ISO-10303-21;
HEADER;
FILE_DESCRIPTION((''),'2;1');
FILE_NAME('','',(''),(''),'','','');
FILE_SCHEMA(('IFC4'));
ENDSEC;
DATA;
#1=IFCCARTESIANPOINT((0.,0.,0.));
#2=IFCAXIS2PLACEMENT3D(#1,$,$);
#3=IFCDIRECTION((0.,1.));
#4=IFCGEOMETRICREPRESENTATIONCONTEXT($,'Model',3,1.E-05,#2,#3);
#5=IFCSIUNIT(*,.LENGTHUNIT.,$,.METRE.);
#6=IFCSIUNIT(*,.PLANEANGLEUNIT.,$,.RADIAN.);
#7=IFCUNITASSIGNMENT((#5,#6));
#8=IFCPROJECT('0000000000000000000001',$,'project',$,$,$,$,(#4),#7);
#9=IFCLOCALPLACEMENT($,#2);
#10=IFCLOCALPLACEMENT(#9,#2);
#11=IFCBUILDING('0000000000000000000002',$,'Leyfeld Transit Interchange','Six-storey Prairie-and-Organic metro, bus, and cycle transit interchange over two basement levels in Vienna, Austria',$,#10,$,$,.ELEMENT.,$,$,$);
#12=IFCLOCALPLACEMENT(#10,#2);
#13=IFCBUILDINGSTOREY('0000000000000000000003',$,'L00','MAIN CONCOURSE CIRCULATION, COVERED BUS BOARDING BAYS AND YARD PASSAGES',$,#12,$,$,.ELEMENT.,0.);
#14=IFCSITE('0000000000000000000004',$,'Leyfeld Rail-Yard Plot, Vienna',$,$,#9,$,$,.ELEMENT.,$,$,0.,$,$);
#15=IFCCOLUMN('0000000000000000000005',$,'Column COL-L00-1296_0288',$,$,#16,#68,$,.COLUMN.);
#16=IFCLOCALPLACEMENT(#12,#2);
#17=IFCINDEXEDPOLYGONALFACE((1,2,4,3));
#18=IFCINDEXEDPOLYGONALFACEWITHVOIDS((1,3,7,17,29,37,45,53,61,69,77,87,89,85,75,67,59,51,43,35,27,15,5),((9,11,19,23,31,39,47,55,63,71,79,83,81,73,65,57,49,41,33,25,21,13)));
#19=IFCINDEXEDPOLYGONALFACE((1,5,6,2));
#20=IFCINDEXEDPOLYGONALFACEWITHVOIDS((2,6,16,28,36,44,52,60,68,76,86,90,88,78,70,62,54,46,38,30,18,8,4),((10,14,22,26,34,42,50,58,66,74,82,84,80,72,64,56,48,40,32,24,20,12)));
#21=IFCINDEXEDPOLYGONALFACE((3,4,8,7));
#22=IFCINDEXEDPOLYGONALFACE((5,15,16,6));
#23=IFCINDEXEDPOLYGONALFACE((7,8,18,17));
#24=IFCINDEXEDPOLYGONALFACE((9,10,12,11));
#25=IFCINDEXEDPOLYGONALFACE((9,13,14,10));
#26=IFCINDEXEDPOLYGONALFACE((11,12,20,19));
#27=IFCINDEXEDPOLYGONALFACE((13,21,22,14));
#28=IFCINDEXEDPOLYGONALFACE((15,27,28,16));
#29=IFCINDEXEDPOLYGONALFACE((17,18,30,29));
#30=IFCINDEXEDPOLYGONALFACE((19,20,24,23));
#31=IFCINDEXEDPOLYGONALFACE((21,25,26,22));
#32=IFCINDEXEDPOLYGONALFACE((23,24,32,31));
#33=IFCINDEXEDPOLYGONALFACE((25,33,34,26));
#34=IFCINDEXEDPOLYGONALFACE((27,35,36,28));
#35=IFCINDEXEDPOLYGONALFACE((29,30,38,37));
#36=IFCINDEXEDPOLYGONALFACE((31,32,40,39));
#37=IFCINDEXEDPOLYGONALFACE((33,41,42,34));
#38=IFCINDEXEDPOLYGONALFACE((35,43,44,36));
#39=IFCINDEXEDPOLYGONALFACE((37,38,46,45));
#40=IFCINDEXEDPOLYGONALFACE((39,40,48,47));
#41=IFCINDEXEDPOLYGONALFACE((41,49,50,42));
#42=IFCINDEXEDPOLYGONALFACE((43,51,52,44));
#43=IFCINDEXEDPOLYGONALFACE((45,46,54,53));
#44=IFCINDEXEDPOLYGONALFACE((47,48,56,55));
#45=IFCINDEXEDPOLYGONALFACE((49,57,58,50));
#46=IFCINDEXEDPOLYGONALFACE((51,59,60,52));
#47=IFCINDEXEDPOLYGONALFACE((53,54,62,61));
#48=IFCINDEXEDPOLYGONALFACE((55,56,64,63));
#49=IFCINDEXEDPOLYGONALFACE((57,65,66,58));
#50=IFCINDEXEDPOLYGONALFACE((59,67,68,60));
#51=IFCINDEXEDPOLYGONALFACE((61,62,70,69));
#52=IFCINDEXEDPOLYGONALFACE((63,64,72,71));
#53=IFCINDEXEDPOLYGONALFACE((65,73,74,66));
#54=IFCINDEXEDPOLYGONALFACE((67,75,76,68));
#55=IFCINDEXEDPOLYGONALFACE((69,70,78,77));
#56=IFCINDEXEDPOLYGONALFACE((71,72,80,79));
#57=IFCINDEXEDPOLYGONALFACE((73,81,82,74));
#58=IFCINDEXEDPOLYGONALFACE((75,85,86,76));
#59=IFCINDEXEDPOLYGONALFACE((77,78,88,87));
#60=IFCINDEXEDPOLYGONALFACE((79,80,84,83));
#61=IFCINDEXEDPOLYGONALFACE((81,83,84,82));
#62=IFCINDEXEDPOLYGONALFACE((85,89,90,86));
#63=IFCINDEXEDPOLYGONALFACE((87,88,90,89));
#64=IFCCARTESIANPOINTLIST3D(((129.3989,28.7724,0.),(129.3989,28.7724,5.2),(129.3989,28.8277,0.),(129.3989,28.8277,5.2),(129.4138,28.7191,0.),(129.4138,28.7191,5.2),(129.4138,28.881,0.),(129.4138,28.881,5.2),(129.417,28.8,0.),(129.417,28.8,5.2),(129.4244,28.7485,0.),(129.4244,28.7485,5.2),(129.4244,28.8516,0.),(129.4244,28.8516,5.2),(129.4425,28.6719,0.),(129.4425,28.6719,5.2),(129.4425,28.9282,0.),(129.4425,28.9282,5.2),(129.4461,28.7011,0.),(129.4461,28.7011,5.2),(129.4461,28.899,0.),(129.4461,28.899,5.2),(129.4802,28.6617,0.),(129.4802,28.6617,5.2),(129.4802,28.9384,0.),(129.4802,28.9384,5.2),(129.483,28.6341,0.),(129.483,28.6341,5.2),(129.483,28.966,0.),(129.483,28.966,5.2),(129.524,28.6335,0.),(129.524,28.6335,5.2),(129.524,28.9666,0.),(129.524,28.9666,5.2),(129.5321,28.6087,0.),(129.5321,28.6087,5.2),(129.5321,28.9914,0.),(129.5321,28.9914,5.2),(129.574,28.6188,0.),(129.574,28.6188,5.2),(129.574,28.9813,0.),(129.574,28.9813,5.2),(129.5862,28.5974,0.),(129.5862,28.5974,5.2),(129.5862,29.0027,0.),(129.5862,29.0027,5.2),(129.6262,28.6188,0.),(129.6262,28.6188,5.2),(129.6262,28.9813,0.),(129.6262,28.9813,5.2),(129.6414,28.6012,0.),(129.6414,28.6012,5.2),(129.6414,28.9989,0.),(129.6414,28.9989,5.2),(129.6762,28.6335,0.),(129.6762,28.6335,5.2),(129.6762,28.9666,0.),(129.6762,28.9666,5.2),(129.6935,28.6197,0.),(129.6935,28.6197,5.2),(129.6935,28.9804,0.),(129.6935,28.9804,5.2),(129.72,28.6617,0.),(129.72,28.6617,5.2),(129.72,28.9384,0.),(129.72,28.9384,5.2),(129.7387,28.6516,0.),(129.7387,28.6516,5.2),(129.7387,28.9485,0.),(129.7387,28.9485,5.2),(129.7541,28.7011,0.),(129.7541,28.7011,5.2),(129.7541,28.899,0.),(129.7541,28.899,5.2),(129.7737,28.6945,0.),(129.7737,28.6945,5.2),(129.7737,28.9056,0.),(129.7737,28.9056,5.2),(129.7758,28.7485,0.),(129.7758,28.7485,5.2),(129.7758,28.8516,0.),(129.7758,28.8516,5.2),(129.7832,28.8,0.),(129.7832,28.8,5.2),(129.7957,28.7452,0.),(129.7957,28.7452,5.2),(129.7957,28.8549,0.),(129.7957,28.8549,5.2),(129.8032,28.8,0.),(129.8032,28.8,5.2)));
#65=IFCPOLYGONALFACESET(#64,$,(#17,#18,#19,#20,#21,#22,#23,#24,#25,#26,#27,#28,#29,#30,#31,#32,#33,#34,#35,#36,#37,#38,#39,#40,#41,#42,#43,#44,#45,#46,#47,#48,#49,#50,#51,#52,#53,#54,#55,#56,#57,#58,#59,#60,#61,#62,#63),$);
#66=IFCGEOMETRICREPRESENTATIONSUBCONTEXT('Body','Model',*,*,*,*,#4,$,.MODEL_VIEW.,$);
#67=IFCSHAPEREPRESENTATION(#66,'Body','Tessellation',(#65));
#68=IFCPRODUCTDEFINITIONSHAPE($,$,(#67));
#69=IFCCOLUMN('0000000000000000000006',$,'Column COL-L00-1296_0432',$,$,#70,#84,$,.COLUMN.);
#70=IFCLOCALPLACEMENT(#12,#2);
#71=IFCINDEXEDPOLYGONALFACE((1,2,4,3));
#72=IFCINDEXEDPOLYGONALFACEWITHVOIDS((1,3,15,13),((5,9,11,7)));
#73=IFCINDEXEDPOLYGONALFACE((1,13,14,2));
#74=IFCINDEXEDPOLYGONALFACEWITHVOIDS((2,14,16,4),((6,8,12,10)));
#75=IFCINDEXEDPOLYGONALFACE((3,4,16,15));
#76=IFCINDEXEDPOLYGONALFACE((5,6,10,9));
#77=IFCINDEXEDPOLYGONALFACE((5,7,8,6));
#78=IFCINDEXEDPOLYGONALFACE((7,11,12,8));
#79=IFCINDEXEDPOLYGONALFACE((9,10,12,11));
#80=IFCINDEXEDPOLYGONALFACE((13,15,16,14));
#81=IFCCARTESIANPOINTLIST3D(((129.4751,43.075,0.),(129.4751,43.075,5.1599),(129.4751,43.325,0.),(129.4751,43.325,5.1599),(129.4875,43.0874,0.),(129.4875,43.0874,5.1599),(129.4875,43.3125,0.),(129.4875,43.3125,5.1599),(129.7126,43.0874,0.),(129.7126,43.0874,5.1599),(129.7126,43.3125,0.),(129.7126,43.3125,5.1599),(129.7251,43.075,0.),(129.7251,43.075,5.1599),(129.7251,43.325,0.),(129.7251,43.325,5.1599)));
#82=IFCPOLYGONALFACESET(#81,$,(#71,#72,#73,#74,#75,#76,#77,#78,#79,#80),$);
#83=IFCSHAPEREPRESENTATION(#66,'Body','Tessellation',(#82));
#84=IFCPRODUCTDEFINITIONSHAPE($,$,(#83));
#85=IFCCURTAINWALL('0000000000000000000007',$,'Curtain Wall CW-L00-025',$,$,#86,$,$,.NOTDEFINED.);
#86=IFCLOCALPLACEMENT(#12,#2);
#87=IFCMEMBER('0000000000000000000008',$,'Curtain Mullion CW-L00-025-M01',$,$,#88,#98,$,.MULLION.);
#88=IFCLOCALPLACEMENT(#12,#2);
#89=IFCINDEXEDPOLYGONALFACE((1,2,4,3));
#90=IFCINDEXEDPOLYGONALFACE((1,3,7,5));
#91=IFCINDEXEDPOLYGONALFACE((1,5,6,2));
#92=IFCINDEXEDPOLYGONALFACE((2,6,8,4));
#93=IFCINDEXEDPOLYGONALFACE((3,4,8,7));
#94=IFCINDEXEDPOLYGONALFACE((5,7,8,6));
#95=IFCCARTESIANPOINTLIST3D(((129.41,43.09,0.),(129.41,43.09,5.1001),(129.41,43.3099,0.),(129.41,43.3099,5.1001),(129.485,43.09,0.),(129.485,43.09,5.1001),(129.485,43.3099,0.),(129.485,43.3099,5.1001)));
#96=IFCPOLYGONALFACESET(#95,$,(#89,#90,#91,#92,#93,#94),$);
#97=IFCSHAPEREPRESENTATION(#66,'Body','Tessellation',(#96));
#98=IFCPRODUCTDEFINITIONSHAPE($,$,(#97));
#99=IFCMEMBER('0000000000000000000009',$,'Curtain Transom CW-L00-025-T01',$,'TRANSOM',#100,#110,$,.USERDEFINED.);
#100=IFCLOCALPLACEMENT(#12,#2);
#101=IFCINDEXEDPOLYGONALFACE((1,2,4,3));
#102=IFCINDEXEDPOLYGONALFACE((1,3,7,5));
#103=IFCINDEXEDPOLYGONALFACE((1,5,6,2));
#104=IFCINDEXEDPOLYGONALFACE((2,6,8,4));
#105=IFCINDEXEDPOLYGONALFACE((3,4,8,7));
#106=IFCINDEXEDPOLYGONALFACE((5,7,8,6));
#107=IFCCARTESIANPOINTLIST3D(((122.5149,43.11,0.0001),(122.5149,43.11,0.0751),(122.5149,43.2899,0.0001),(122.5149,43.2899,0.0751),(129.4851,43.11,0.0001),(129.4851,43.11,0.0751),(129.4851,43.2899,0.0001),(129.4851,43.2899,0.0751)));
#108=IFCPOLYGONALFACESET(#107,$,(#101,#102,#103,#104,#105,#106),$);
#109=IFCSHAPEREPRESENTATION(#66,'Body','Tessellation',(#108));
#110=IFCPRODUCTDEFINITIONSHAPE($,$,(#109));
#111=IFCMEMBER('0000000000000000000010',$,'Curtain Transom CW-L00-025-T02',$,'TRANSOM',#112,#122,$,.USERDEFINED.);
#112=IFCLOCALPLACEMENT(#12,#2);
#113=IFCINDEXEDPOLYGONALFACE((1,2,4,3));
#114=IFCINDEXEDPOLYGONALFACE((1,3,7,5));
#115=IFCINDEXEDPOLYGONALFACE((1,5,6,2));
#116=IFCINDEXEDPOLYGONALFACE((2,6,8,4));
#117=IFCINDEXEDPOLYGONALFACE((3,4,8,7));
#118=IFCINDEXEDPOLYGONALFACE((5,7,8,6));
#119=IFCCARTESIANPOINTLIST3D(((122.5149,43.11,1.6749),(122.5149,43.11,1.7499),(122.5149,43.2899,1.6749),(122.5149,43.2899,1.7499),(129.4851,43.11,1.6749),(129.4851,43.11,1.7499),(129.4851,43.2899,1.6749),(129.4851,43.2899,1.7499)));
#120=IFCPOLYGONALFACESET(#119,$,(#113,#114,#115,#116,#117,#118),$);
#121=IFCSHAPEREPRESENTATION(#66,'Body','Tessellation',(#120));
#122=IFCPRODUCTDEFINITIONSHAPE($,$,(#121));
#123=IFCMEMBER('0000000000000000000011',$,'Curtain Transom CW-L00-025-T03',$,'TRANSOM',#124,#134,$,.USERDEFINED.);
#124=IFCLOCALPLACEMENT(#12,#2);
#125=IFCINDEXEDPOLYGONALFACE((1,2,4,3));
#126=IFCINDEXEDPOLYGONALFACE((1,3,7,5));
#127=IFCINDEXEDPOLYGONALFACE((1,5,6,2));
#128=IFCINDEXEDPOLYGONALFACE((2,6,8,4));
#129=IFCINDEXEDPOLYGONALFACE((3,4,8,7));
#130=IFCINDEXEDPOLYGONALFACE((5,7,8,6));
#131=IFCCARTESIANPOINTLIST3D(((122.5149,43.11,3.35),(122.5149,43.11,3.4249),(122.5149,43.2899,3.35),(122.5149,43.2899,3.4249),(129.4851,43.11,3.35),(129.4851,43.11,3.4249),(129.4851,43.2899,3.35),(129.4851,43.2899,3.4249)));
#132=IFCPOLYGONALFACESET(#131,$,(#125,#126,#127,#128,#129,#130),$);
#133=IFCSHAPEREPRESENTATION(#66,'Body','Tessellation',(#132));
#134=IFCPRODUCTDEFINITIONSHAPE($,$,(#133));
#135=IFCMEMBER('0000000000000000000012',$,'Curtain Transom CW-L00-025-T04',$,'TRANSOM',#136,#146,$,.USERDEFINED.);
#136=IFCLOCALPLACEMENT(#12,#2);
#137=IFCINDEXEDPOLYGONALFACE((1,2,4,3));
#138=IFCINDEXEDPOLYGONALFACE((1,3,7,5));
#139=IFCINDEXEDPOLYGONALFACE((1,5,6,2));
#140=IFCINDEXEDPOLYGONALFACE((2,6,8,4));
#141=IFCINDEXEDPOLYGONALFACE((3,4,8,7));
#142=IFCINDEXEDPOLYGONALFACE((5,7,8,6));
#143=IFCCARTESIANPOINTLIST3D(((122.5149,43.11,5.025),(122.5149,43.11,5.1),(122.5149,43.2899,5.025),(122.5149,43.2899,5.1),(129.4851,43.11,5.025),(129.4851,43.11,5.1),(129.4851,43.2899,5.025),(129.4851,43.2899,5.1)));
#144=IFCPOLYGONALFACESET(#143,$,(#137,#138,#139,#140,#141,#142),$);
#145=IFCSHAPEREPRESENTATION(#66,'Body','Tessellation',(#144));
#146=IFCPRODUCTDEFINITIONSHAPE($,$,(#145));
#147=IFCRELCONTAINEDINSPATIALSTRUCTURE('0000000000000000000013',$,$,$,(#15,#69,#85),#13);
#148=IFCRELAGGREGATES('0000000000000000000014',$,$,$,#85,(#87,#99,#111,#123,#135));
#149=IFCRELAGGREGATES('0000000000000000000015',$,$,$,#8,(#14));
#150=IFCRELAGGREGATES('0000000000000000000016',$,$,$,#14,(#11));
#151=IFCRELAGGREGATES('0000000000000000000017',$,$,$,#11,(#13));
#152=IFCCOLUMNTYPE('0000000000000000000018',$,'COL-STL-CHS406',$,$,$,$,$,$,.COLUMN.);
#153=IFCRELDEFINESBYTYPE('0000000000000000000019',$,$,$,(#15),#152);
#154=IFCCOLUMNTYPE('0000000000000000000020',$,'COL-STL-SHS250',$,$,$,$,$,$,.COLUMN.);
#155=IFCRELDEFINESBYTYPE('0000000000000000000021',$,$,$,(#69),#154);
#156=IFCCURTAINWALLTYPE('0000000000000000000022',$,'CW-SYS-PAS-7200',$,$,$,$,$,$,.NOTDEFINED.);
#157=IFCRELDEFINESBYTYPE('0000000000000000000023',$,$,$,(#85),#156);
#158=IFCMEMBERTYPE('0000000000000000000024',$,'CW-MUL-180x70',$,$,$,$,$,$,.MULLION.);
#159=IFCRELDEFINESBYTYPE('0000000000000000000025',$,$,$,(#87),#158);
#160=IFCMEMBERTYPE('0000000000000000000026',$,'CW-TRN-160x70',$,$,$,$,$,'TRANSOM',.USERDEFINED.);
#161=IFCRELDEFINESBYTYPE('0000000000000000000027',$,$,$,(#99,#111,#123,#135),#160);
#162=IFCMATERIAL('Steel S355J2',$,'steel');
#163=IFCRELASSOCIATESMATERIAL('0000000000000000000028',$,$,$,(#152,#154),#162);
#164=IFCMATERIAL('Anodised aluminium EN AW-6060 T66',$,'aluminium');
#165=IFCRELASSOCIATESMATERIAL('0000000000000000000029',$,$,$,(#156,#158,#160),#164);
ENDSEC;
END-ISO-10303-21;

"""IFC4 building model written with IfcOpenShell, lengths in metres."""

from ifc_helpers import new_model, si_unit, direction, frame, origin, origin_2d, place, context, subcontext, project, spatial, rectangle, hollow_rectangle, hollow_circle, extrude, material, material_profile, profile_set, type_object, element, aggregate, save


model = new_model("IFC4")

# Units and contexts
model_context = context("Model", 3, precision=1e-05, world=origin(), true_north=direction((0.0, 1.0)))
body_context = subcontext(model_context, "Body", "Model", "MODEL_VIEW")
ifc_project = project(units=[si_unit("LENGTHUNIT", "METRE"), si_unit("PLANEANGLEUNIT", "RADIAN")], contexts=[model_context])

# Site, building, storey
site_placement = place(None, origin())
site = spatial("IfcSite", under=ifc_project, at=site_placement, Name="Leyfeld Rail-Yard Plot, Vienna", CompositionType="ELEMENT", RefElevation=0.0)
building_placement = place(site_placement, origin())
building = spatial("IfcBuilding", under=site, at=building_placement, Name="Leyfeld Transit Interchange", Description="Six-storey Prairie-and-Organic metro, bus, and cycle transit interchange over two basement levels in Vienna, Austria", CompositionType="ELEMENT")
storey_placement = place(building_placement, origin())
storey = spatial("IfcBuildingStorey", under=building, at=storey_placement, Name="L00", Description="MAIN CONCOURSE CIRCULATION, COVERED BUS BOARDING BAYS AND YARD PASSAGES", CompositionType="ELEMENT", Elevation=0.0)

# Columns
ifc_material_1 = material(Name="Steel S355J2", Category="steel")
ifc_material_profile_1 = material_profile(ifc_material_1, hollow_circle(Radius=0.2031, WallThickness=0.02, at=origin_2d()), Name="CHS 406.4x20")
ifc_profile_set_1 = profile_set([ifc_material_profile_1], Name="Steel S355J2")
column_type_1 = type_object("IfcColumnType", Name="COL-STL-CHS406", PredefinedType="COLUMN", material=ifc_profile_set_1)
column_1_placement = place(storey_placement, frame((129.6001, 28.8, 0.0), z_axis=(0.0, 0.0, 1.0), x_axis=(1.0, 0.0, 0.0)))
element("IfcColumn", 1, at=column_1_placement, inside=storey, type_object=column_type_1, Name="Column COL-L00-1296_0288", PredefinedType="COLUMN", context=body_context, shape_type="SweptSolid", body=[
    extrude(hollow_circle(Radius=0.2031, WallThickness=0.02, at=origin_2d()), origin(), (0.0, 0.0, 1.0), 5.2),
])
ifc_material_profile_2 = material_profile(ifc_material_1, hollow_rectangle(XDim=0.25, YDim=0.25, WallThickness=0.0125, at=origin_2d()), Name="SHS 250x250x12.5")
ifc_profile_set_2 = profile_set([ifc_material_profile_2], Name="Steel S355J2")
column_type_2 = type_object("IfcColumnType", Name="COL-STL-SHS250", PredefinedType="COLUMN", material=ifc_profile_set_2)
column_2_placement = place(storey_placement, frame((129.6001, 43.2, 0.0), z_axis=(0.0, 0.0, 1.0), x_axis=(1.0, 0.0, 0.0)))
element("IfcColumn", 2, at=column_2_placement, inside=storey, type_object=column_type_2, Name="Column COL-L00-1296_0432", PredefinedType="COLUMN", context=body_context, shape_type="SweptSolid", body=[
    extrude(hollow_rectangle(XDim=0.25, YDim=0.25, WallThickness=0.0125, at=origin_2d()), origin(), (0.0, 0.0, 1.0), 5.1599),
])

# Curtain wall, members
ifc_material_2 = material(Name="Anodised aluminium EN AW-6060 T66", Category="aluminium")
curtain_wall_type = type_object("IfcCurtainWallType", Name="CW-SYS-PAS-7200", PredefinedType="NOTDEFINED", material=ifc_material_2)
curtain_wall_placement = place(storey_placement, origin())
curtain_wall = element("IfcCurtainWall", 3, at=curtain_wall_placement, inside=storey, type_object=curtain_wall_type, Name="Curtain Wall CW-L00-025", PredefinedType="NOTDEFINED")
ifc_material_profile_3 = material_profile(ifc_material_2, rectangle(XDim=0.075, YDim=0.22, at=origin_2d()), Name="CW-M 75x220")
ifc_profile_set_3 = profile_set([ifc_material_profile_3], Name="Anodised aluminium EN AW-6060 T66")
member_type_1 = type_object("IfcMemberType", Name="CW-MUL-180x70", PredefinedType="MULLION", material=ifc_profile_set_3)
member_1_placement = place(storey_placement, frame((129.4475, 43.2, 0.0), z_axis=(0.0, 0.0, 1.0), x_axis=(-1.0, 0.0, 0.0)))
member_1 = element("IfcMember", 4, at=member_1_placement, type_object=member_type_1, Name="Curtain Mullion CW-L00-025-M01", PredefinedType="MULLION", context=body_context, shape_type="SweptSolid", body=[
    extrude(rectangle(XDim=0.075, YDim=0.22, at=origin_2d()), origin(), (0.0, 0.0, 1.0), 5.1001),
])
ifc_material_profile_4 = material_profile(ifc_material_2, rectangle(XDim=0.1799, YDim=0.075, at=origin_2d()), Name="CW-TRN-160x70")
ifc_profile_set_4 = profile_set([ifc_material_profile_4], Name="Anodised aluminium EN AW-6060 T66")
member_type_2 = type_object("IfcMemberType", Name="CW-TRN-160x70", ElementType="TRANSOM", PredefinedType="USERDEFINED", material=ifc_profile_set_4)
member_2_placement = place(storey_placement, frame((129.4851, 43.2, 0.0376), z_axis=(-1.0, 0.0, 0.0), x_axis=(0.0, -1.0, 0.0)))
member_2 = element("IfcMember", 5, at=member_2_placement, type_object=member_type_2, Name="Curtain Transom CW-L00-025-T01", ObjectType="TRANSOM", PredefinedType="USERDEFINED", context=body_context, shape_type="SweptSolid", body=[
    extrude(rectangle(XDim=0.1799, YDim=0.075, at=origin_2d()), origin(), (0.0, 0.0, 1.0), 6.9702),
])
member_3_placement = place(storey_placement, frame((129.4851, 43.2, 1.7124), z_axis=(-1.0, 0.0, 0.0), x_axis=(0.0, -1.0, 0.0)))
member_3 = element("IfcMember", 6, at=member_3_placement, type_object=member_type_2, Name="Curtain Transom CW-L00-025-T02", ObjectType="TRANSOM", PredefinedType="USERDEFINED", context=body_context, shape_type="SweptSolid", body=[
    extrude(rectangle(XDim=0.1799, YDim=0.075, at=origin_2d()), origin(), (0.0, 0.0, 1.0), 6.9702),
])
member_4_placement = place(storey_placement, frame((129.4851, 43.2, 3.3875), z_axis=(-1.0, 0.0, 0.0), x_axis=(0.0, -1.0, 0.0)))
member_4 = element("IfcMember", 7, at=member_4_placement, type_object=member_type_2, Name="Curtain Transom CW-L00-025-T03", ObjectType="TRANSOM", PredefinedType="USERDEFINED", context=body_context, shape_type="SweptSolid", body=[
    extrude(rectangle(XDim=0.1799, YDim=0.075, at=origin_2d()), origin(), (0.0, 0.0, 1.0), 6.9702),
])
member_5_placement = place(storey_placement, frame((129.4851, 43.2, 5.0625), z_axis=(-1.0, 0.0, 0.0), x_axis=(0.0, -1.0, 0.0)))
member_5 = element("IfcMember", 8, at=member_5_placement, type_object=member_type_2, Name="Curtain Transom CW-L00-025-T04", ObjectType="TRANSOM", PredefinedType="USERDEFINED", context=body_context, shape_type="SweptSolid", body=[
    extrude(rectangle(XDim=0.1799, YDim=0.075, at=origin_2d()), origin(), (0.0, 0.0, 1.0), 6.9702),
])

aggregate(curtain_wall, [member_1, member_2, member_3, member_4, member_5])

save(model, "model.ifc")
